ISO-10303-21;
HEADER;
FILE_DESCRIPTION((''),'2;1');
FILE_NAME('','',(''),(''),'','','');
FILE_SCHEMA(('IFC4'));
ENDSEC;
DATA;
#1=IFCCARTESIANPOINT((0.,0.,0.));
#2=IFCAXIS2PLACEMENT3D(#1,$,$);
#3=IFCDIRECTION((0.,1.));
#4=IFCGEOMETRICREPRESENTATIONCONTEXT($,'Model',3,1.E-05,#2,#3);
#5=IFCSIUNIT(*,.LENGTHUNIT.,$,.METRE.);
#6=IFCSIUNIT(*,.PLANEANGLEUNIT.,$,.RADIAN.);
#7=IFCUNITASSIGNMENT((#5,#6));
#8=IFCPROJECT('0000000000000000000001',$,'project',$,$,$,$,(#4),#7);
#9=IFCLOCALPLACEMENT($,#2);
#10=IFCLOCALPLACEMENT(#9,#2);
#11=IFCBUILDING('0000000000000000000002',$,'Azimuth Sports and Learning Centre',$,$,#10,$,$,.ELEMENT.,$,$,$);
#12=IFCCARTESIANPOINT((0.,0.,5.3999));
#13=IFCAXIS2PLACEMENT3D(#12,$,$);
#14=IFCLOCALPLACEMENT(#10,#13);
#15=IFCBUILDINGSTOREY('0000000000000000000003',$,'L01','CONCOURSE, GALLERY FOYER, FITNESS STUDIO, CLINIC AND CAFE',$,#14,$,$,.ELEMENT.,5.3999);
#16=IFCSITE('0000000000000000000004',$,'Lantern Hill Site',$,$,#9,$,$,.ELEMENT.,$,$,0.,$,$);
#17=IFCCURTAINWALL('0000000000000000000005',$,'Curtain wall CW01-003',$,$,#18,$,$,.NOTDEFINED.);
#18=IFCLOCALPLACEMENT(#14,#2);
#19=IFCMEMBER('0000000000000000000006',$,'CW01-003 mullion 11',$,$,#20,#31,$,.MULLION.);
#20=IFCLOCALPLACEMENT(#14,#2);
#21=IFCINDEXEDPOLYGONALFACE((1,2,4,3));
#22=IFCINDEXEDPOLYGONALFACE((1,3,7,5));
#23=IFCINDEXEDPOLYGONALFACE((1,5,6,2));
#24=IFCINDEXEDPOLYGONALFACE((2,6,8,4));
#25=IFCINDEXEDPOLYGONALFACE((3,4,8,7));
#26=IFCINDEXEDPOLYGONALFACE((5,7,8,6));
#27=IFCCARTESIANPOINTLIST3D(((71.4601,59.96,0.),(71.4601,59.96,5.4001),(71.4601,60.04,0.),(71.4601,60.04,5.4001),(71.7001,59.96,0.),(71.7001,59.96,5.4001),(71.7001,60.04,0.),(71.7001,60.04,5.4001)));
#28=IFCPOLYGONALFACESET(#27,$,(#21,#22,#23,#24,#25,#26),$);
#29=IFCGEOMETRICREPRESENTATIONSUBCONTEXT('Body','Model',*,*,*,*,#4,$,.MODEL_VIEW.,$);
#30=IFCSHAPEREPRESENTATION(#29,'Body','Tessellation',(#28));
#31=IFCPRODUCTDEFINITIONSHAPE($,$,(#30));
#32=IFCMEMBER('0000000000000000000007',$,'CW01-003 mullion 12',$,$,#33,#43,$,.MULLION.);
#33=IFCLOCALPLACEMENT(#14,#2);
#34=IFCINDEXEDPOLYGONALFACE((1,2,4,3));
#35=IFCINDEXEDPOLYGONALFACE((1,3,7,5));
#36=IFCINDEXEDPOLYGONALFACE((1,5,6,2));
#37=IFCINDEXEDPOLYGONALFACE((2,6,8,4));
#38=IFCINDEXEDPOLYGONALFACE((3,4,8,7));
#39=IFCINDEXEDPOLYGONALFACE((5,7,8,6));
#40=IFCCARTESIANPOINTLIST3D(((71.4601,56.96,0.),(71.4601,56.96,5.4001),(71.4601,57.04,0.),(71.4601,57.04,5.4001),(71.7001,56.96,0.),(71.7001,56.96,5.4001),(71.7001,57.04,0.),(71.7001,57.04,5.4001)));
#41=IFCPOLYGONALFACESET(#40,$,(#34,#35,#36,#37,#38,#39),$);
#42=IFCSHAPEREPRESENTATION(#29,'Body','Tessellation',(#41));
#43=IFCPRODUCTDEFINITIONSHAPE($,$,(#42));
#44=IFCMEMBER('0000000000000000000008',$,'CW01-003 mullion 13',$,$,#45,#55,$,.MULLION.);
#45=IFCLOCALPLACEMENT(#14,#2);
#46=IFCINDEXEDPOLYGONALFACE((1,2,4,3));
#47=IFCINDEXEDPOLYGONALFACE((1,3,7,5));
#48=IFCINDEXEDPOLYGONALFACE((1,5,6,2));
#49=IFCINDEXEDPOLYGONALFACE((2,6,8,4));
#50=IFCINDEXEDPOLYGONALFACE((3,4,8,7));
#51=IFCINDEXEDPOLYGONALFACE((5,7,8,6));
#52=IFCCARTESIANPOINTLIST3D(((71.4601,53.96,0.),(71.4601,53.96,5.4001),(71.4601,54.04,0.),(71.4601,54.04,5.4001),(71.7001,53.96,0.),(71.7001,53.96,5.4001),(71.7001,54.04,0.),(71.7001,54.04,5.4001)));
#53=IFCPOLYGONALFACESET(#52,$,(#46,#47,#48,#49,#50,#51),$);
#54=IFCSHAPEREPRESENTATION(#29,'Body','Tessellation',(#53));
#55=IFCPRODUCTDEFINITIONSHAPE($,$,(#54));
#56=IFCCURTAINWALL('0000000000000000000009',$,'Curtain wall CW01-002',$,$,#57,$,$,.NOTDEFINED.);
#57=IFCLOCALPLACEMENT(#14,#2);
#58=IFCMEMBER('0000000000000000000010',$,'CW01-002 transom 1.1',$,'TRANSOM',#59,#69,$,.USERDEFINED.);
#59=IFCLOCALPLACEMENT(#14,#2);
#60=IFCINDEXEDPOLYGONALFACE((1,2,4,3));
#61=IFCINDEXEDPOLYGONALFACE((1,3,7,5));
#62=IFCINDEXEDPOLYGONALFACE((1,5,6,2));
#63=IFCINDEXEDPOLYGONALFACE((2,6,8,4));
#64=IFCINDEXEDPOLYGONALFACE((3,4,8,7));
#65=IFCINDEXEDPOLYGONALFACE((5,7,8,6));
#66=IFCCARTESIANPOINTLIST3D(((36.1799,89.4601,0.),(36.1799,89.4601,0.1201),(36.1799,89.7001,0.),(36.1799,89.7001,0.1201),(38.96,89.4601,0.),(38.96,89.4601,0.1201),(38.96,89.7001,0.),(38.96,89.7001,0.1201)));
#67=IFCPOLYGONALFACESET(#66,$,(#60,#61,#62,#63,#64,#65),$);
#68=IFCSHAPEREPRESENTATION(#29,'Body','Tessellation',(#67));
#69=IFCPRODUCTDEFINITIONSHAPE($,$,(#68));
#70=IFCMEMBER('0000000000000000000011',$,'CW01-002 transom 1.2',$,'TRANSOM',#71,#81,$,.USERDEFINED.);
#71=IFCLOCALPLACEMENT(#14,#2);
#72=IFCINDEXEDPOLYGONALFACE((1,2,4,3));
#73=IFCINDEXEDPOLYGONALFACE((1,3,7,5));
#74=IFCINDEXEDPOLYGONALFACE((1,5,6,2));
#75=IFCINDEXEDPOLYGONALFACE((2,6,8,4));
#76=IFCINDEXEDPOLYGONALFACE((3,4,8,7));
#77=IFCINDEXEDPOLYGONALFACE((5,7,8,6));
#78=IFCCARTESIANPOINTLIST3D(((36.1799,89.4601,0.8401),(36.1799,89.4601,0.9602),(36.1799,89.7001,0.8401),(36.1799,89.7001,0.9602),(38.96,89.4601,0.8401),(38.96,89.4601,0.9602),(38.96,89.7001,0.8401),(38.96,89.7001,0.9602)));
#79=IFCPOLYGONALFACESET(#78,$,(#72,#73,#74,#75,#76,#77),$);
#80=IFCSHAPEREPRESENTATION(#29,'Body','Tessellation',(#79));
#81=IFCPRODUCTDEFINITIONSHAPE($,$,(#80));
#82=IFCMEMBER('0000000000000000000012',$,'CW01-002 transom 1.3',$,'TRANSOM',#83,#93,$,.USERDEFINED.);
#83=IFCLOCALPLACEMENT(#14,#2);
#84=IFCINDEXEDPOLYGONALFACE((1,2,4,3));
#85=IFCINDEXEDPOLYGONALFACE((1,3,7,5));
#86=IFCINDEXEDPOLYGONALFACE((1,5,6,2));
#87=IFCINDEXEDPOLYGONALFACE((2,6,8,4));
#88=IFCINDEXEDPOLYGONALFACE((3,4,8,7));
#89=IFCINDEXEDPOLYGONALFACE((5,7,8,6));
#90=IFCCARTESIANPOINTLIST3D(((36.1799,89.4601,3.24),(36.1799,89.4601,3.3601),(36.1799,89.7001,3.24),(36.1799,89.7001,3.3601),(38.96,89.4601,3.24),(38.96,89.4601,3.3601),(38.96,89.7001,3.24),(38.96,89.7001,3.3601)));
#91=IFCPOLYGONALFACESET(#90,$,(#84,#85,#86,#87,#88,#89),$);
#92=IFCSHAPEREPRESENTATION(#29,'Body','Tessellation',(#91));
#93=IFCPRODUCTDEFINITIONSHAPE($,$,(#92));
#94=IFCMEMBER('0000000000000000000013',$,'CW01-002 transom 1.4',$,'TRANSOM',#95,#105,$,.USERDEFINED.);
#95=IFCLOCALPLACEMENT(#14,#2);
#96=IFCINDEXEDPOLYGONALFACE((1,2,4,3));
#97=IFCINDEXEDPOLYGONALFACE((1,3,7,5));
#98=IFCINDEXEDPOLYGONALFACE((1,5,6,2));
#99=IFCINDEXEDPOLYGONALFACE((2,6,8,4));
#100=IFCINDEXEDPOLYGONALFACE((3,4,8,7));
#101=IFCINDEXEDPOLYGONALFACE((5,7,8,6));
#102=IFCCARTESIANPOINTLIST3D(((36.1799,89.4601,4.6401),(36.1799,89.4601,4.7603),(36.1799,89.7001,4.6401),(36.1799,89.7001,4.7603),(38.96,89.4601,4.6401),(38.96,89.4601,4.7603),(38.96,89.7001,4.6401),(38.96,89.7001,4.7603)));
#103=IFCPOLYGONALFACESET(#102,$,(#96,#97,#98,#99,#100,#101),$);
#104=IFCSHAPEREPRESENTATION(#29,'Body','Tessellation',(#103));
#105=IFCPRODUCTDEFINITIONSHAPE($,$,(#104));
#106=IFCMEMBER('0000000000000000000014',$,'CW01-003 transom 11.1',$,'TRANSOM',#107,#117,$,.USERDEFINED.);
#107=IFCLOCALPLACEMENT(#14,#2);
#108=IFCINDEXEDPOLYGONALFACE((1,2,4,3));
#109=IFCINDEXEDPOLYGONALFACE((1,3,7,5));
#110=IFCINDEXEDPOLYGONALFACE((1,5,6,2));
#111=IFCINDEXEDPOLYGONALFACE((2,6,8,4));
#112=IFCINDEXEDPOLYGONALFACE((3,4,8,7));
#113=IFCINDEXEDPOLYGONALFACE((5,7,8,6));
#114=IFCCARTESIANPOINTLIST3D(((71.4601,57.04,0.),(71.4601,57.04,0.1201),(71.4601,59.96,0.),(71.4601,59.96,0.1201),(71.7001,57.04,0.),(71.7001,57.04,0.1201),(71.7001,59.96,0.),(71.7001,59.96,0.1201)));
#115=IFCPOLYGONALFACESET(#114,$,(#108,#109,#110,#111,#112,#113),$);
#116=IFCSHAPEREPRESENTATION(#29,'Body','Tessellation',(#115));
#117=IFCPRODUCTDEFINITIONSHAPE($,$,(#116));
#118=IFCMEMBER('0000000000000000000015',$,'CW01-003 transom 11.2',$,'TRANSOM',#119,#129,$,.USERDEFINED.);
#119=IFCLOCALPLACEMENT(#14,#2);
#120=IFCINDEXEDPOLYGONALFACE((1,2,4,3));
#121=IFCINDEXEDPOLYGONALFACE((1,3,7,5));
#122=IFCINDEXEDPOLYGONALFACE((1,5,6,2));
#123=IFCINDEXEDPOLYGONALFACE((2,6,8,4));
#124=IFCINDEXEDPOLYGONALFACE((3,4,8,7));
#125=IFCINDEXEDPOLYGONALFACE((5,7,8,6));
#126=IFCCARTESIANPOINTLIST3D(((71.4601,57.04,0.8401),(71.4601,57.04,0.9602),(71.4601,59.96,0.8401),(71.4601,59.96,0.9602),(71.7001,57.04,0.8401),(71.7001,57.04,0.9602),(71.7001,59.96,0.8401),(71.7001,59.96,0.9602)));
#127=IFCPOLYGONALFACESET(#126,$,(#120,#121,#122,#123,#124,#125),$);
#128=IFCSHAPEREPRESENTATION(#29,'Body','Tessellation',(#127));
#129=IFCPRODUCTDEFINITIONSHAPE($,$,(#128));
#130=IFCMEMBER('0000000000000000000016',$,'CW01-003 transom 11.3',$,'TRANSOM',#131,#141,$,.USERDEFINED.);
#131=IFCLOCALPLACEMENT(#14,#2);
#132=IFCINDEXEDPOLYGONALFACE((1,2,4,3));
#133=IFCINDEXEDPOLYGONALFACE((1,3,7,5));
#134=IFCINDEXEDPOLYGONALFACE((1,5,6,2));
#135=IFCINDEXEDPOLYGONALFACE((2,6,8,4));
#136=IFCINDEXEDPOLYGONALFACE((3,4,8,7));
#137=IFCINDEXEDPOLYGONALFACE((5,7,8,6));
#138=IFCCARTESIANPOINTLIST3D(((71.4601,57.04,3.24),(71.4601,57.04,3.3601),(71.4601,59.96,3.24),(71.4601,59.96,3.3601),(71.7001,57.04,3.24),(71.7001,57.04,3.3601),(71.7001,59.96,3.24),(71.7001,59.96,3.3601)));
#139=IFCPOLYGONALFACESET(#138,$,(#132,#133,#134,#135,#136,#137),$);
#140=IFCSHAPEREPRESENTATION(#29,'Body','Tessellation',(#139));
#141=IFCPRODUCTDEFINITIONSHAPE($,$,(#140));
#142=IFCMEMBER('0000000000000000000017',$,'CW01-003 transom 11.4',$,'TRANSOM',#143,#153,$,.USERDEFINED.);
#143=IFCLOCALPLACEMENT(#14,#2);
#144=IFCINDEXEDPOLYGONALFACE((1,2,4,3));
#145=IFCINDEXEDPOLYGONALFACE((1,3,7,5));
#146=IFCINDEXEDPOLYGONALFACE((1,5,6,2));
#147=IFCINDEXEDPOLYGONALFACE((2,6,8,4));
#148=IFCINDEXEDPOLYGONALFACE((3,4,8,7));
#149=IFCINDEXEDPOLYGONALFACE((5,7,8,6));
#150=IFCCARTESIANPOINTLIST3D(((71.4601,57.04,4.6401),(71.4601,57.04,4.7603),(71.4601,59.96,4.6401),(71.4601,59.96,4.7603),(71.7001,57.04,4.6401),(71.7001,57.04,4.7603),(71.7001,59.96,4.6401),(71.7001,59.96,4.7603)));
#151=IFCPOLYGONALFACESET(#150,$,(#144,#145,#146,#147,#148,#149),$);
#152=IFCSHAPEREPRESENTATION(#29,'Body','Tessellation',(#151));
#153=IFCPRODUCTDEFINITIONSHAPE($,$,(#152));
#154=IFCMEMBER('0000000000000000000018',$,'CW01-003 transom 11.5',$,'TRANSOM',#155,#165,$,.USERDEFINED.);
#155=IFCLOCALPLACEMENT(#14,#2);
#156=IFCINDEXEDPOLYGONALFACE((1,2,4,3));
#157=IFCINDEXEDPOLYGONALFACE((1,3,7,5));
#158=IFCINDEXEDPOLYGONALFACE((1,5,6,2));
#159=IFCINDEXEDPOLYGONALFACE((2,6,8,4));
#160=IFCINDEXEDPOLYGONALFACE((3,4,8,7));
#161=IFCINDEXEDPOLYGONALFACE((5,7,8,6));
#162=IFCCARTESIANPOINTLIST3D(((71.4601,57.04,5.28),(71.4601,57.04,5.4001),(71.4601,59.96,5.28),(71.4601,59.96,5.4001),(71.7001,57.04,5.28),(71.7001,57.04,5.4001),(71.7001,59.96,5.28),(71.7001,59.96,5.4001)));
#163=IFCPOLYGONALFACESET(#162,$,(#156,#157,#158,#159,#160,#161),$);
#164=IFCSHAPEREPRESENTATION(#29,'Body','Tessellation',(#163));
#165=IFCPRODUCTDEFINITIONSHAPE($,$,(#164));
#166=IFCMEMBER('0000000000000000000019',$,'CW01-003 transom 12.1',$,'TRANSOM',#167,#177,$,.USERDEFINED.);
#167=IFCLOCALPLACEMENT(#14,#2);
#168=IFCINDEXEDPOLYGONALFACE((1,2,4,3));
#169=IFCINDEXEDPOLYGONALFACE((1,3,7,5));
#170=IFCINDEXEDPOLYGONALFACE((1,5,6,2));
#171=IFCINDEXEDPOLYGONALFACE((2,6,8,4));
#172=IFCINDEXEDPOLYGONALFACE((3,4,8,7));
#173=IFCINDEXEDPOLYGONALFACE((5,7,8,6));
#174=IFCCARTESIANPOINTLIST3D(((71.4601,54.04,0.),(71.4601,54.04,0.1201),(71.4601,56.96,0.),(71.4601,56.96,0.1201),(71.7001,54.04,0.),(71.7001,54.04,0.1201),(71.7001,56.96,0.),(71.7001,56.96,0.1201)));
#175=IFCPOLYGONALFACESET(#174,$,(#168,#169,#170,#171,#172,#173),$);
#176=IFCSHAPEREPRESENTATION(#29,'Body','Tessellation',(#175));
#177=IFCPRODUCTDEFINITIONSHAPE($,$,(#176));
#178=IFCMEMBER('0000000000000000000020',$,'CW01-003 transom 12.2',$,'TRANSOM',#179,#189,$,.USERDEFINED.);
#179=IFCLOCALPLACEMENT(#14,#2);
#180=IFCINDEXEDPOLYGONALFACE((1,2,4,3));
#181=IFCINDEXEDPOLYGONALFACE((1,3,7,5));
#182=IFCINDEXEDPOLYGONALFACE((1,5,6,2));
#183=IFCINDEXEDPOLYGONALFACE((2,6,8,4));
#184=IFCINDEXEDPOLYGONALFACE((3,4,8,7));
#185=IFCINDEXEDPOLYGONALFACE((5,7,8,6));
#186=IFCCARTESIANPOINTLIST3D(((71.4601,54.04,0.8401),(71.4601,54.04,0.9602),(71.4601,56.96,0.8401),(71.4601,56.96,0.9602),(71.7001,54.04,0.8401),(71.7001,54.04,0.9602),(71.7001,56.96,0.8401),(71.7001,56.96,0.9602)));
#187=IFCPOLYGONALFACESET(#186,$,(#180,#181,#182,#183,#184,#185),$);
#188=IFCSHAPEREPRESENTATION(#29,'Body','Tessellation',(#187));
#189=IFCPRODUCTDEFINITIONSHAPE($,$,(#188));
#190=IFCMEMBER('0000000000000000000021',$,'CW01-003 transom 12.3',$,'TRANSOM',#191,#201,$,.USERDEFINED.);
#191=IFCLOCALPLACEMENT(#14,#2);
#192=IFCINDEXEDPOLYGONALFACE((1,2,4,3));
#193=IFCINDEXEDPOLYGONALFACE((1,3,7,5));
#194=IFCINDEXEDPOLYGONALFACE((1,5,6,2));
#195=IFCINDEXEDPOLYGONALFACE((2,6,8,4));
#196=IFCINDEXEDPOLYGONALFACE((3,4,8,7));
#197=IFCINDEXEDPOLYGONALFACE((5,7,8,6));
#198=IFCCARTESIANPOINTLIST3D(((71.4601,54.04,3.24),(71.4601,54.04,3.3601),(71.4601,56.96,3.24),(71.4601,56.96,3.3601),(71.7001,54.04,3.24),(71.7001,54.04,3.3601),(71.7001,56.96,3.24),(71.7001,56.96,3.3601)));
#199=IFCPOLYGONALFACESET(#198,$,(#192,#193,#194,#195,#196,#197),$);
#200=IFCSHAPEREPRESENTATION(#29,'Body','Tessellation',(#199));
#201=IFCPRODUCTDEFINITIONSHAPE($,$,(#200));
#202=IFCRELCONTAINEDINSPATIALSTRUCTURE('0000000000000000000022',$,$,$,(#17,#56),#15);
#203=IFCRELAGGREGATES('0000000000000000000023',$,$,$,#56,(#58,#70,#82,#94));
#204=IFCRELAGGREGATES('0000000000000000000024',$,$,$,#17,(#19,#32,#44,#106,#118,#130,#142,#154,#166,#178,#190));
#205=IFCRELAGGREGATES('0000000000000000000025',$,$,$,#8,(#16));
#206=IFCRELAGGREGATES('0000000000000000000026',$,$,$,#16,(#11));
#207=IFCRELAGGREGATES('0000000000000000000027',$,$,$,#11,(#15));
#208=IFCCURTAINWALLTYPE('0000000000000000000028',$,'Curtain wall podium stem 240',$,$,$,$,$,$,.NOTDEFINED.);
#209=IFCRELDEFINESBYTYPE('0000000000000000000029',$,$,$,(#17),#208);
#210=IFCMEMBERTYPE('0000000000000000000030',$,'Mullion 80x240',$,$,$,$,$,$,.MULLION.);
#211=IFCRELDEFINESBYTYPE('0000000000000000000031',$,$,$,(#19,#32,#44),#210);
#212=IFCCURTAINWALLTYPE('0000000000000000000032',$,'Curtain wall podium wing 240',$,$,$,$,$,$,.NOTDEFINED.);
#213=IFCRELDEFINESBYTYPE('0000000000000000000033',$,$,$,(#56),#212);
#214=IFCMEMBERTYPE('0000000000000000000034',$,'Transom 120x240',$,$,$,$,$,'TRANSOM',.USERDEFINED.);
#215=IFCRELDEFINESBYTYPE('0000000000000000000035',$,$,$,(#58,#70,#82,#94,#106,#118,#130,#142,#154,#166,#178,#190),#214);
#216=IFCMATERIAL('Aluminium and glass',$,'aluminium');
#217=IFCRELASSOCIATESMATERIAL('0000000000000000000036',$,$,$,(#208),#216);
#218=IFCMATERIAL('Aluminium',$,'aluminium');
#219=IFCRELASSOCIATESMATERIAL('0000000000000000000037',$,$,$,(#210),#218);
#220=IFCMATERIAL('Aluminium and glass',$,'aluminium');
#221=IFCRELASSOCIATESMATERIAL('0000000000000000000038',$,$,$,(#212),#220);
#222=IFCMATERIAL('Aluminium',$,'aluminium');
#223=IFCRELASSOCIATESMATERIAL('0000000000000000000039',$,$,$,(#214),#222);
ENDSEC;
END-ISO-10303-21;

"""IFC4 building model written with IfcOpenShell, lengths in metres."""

from ifc_helpers import new_model, si_unit, direction, frame, origin, origin_2d, place, context, subcontext, project, spatial, rectangle, extrude, material, material_profile, profile_set, type_object, element, aggregate, save


model = new_model("IFC4")

# Units and contexts
model_context = context("Model", 3, precision=1e-05, world=origin(), true_north=direction((0.0, 1.0)))
body_context = subcontext(model_context, "Body", "Model", "MODEL_VIEW")
ifc_project = project(units=[si_unit("LENGTHUNIT", "METRE"), si_unit("PLANEANGLEUNIT", "RADIAN")], contexts=[model_context])

# Site, building, storey
site_placement = place(None, origin())
site = spatial("IfcSite", under=ifc_project, at=site_placement, Name="Lantern Hill Site", CompositionType="ELEMENT", RefElevation=0.0)
building_placement = place(site_placement, origin())
building = spatial("IfcBuilding", under=site, at=building_placement, Name="Azimuth Sports and Learning Centre", CompositionType="ELEMENT")
storey_placement = place(building_placement, frame((0.0, 0.0, 5.3999)))
storey = spatial("IfcBuildingStorey", under=building, at=storey_placement, Name="L01", Description="CONCOURSE, GALLERY FOYER, FITNESS STUDIO, CLINIC AND CAFE", CompositionType="ELEMENT", Elevation=5.3999)

# Curtain walls, members
ifc_material_1 = material(Name="Aluminium and glass", Category="aluminium")
curtain_wall_type_1 = type_object("IfcCurtainWallType", Name="Curtain wall podium stem 240", PredefinedType="NOTDEFINED", material=ifc_material_1)
curtain_wall_1_placement = place(storey_placement, origin())
curtain_wall_1 = element("IfcCurtainWall", 1, at=curtain_wall_1_placement, inside=storey, type_object=curtain_wall_type_1, Name="Curtain wall CW01-003", PredefinedType="NOTDEFINED")
ifc_material_2 = material(Name="Aluminium", Category="aluminium")
ifc_material_profile_1 = material_profile(ifc_material_2, rectangle(XDim=0.24, YDim=0.0801, at=origin_2d()), Name="Mullion 80x240")
ifc_profile_set_1 = profile_set([ifc_material_profile_1], Name="Aluminium")
member_type_1 = type_object("IfcMemberType", Name="Mullion 80x240", PredefinedType="MULLION", material=ifc_profile_set_1)
member_1_placement = place(storey_placement, frame((71.5801, 60.0, 0.0), z_axis=(0.0, 0.0, 1.0), x_axis=(1.0, 0.0, 0.0)))
member_1 = element("IfcMember", 2, at=member_1_placement, type_object=member_type_1, Name="CW01-003 mullion 11", PredefinedType="MULLION", context=body_context, shape_type="SweptSolid", body=[
    extrude(rectangle(XDim=0.24, YDim=0.0801, at=origin_2d()), origin(), (0.0, 0.0, 1.0), 5.4001),
])
member_2_placement = place(storey_placement, frame((71.5801, 57.0, 0.0), z_axis=(0.0, 0.0, 1.0), x_axis=(1.0, 0.0, 0.0)))
member_2 = element("IfcMember", 3, at=member_2_placement, type_object=member_type_1, Name="CW01-003 mullion 12", PredefinedType="MULLION", context=body_context, shape_type="SweptSolid", body=[
    extrude(rectangle(XDim=0.24, YDim=0.0801, at=origin_2d()), origin(), (0.0, 0.0, 1.0), 5.4001),
])
member_3_placement = place(storey_placement, frame((71.5801, 54.0, 0.0), z_axis=(0.0, 0.0, 1.0), x_axis=(1.0, 0.0, 0.0)))
member_3 = element("IfcMember", 4, at=member_3_placement, type_object=member_type_1, Name="CW01-003 mullion 13", PredefinedType="MULLION", context=body_context, shape_type="SweptSolid", body=[
    extrude(rectangle(XDim=0.24, YDim=0.0801, at=origin_2d()), origin(), (0.0, 0.0, 1.0), 5.4001),
])
ifc_material_3 = material(Name="Aluminium and glass", Category="aluminium")
curtain_wall_type_2 = type_object("IfcCurtainWallType", Name="Curtain wall podium wing 240", PredefinedType="NOTDEFINED", material=ifc_material_3)
curtain_wall_2_placement = place(storey_placement, origin())
curtain_wall_2 = element("IfcCurtainWall", 5, at=curtain_wall_2_placement, inside=storey, type_object=curtain_wall_type_2, Name="Curtain wall CW01-002", PredefinedType="NOTDEFINED")
ifc_material_4 = material(Name="Aluminium", Category="aluminium")
ifc_material_profile_2 = material_profile(ifc_material_4, rectangle(XDim=0.24, YDim=0.1201, at=origin_2d()), Name="Transom 120x240")
ifc_profile_set_2 = profile_set([ifc_material_profile_2], Name="Aluminium")
member_type_2 = type_object("IfcMemberType", Name="Transom 120x240", ElementType="TRANSOM", PredefinedType="USERDEFINED", material=ifc_profile_set_2)
member_4_placement = place(storey_placement, frame((36.1799, 89.5801, 0.0601), z_axis=(1.0, 0.0, 0.0), x_axis=(0.0, 1.0, 0.0)))
member_4 = element("IfcMember", 6, at=member_4_placement, type_object=member_type_2, Name="CW01-002 transom 1.1", ObjectType="TRANSOM", PredefinedType="USERDEFINED", context=body_context, shape_type="SweptSolid", body=[
    extrude(rectangle(XDim=0.24, YDim=0.1201, at=origin_2d()), origin(), (0.0, 0.0, 1.0), 2.78),
])
member_5_placement = place(storey_placement, frame((36.1799, 89.5801, 0.9001), z_axis=(1.0, 0.0, 0.0), x_axis=(0.0, 1.0, 0.0)))
member_5 = element("IfcMember", 7, at=member_5_placement, type_object=member_type_2, Name="CW01-002 transom 1.2", ObjectType="TRANSOM", PredefinedType="USERDEFINED", context=body_context, shape_type="SweptSolid", body=[
    extrude(rectangle(XDim=0.24, YDim=0.1201, at=origin_2d()), origin(), (0.0, 0.0, 1.0), 2.78),
])
member_6_placement = place(storey_placement, frame((36.1799, 89.5801, 3.3), z_axis=(1.0, 0.0, 0.0), x_axis=(0.0, 1.0, 0.0)))
member_6 = element("IfcMember", 8, at=member_6_placement, type_object=member_type_2, Name="CW01-002 transom 1.3", ObjectType="TRANSOM", PredefinedType="USERDEFINED", context=body_context, shape_type="SweptSolid", body=[
    extrude(rectangle(XDim=0.24, YDim=0.1201, at=origin_2d()), origin(), (0.0, 0.0, 1.0), 2.78),
])
member_7_placement = place(storey_placement, frame((36.1799, 89.5801, 4.7002), z_axis=(1.0, 0.0, 0.0), x_axis=(0.0, 1.0, 0.0)))
member_7 = element("IfcMember", 9, at=member_7_placement, type_object=member_type_2, Name="CW01-002 transom 1.4", ObjectType="TRANSOM", PredefinedType="USERDEFINED", context=body_context, shape_type="SweptSolid", body=[
    extrude(rectangle(XDim=0.24, YDim=0.1201, at=origin_2d()), origin(), (0.0, 0.0, 1.0), 2.78),
])
aggregate(curtain_wall_2, [member_4, member_5, member_6, member_7])

# Members
member_8_placement = place(storey_placement, frame((71.5801, 59.96, 0.0601), z_axis=(0.0, -1.0, 0.0), x_axis=(1.0, 0.0, 0.0)))
member_8 = element("IfcMember", 10, at=member_8_placement, type_object=member_type_2, Name="CW01-003 transom 11.1", ObjectType="TRANSOM", PredefinedType="USERDEFINED", context=body_context, shape_type="SweptSolid", body=[
    extrude(rectangle(XDim=0.24, YDim=0.1201, at=origin_2d()), origin(), (0.0, 0.0, 1.0), 2.9199),
])
member_9_placement = place(storey_placement, frame((71.5801, 59.96, 0.9001), z_axis=(0.0, -1.0, 0.0), x_axis=(1.0, 0.0, 0.0)))
member_9 = element("IfcMember", 11, at=member_9_placement, type_object=member_type_2, Name="CW01-003 transom 11.2", ObjectType="TRANSOM", PredefinedType="USERDEFINED", context=body_context, shape_type="SweptSolid", body=[
    extrude(rectangle(XDim=0.24, YDim=0.1201, at=origin_2d()), origin(), (0.0, 0.0, 1.0), 2.9199),
])
member_10_placement = place(storey_placement, frame((71.5801, 59.96, 3.3), z_axis=(0.0, -1.0, 0.0), x_axis=(1.0, 0.0, 0.0)))
member_10 = element("IfcMember", 12, at=member_10_placement, type_object=member_type_2, Name="CW01-003 transom 11.3", ObjectType="TRANSOM", PredefinedType="USERDEFINED", context=body_context, shape_type="SweptSolid", body=[
    extrude(rectangle(XDim=0.24, YDim=0.1201, at=origin_2d()), origin(), (0.0, 0.0, 1.0), 2.9199),
])
member_11_placement = place(storey_placement, frame((71.5801, 59.96, 4.7002), z_axis=(0.0, -1.0, 0.0), x_axis=(1.0, 0.0, 0.0)))
member_11 = element("IfcMember", 13, at=member_11_placement, type_object=member_type_2, Name="CW01-003 transom 11.4", ObjectType="TRANSOM", PredefinedType="USERDEFINED", context=body_context, shape_type="SweptSolid", body=[
    extrude(rectangle(XDim=0.24, YDim=0.1201, at=origin_2d()), origin(), (0.0, 0.0, 1.0), 2.9199),
])
member_12_placement = place(storey_placement, frame((71.5801, 59.96, 5.3401), z_axis=(0.0, -1.0, 0.0), x_axis=(1.0, 0.0, 0.0)))
member_12 = element("IfcMember", 14, at=member_12_placement, type_object=member_type_2, Name="CW01-003 transom 11.5", ObjectType="TRANSOM", PredefinedType="USERDEFINED", context=body_context, shape_type="SweptSolid", body=[
    extrude(rectangle(XDim=0.24, YDim=0.1201, at=origin_2d()), origin(), (0.0, 0.0, 1.0), 2.9199),
])
member_13_placement = place(storey_placement, frame((71.5801, 56.96, 0.0601), z_axis=(0.0, -1.0, 0.0), x_axis=(1.0, 0.0, 0.0)))
member_13 = element("IfcMember", 15, at=member_13_placement, type_object=member_type_2, Name="CW01-003 transom 12.1", ObjectType="TRANSOM", PredefinedType="USERDEFINED", context=body_context, shape_type="SweptSolid", body=[
    extrude(rectangle(XDim=0.24, YDim=0.1201, at=origin_2d()), origin(), (0.0, 0.0, 1.0), 2.9199),
])
member_14_placement = place(storey_placement, frame((71.5801, 56.96, 0.9001), z_axis=(0.0, -1.0, 0.0), x_axis=(1.0, 0.0, 0.0)))
member_14 = element("IfcMember", 16, at=member_14_placement, type_object=member_type_2, Name="CW01-003 transom 12.2", ObjectType="TRANSOM", PredefinedType="USERDEFINED", context=body_context, shape_type="SweptSolid", body=[
    extrude(rectangle(XDim=0.24, YDim=0.1201, at=origin_2d()), origin(), (0.0, 0.0, 1.0), 2.9199),
])
member_15_placement = place(storey_placement, frame((71.5801, 56.96, 3.3), z_axis=(0.0, -1.0, 0.0), x_axis=(1.0, 0.0, 0.0)))
member_15 = element("IfcMember", 17, at=member_15_placement, type_object=member_type_2, Name="CW01-003 transom 12.3", ObjectType="TRANSOM", PredefinedType="USERDEFINED", context=body_context, shape_type="SweptSolid", body=[
    extrude(rectangle(XDim=0.24, YDim=0.1201, at=origin_2d()), origin(), (0.0, 0.0, 1.0), 2.9199),
])

aggregate(curtain_wall_1, [member_1, member_2, member_3, member_8, member_9, member_10, member_11, member_12, member_13, member_14, member_15])

save(model, "model.ifc")
